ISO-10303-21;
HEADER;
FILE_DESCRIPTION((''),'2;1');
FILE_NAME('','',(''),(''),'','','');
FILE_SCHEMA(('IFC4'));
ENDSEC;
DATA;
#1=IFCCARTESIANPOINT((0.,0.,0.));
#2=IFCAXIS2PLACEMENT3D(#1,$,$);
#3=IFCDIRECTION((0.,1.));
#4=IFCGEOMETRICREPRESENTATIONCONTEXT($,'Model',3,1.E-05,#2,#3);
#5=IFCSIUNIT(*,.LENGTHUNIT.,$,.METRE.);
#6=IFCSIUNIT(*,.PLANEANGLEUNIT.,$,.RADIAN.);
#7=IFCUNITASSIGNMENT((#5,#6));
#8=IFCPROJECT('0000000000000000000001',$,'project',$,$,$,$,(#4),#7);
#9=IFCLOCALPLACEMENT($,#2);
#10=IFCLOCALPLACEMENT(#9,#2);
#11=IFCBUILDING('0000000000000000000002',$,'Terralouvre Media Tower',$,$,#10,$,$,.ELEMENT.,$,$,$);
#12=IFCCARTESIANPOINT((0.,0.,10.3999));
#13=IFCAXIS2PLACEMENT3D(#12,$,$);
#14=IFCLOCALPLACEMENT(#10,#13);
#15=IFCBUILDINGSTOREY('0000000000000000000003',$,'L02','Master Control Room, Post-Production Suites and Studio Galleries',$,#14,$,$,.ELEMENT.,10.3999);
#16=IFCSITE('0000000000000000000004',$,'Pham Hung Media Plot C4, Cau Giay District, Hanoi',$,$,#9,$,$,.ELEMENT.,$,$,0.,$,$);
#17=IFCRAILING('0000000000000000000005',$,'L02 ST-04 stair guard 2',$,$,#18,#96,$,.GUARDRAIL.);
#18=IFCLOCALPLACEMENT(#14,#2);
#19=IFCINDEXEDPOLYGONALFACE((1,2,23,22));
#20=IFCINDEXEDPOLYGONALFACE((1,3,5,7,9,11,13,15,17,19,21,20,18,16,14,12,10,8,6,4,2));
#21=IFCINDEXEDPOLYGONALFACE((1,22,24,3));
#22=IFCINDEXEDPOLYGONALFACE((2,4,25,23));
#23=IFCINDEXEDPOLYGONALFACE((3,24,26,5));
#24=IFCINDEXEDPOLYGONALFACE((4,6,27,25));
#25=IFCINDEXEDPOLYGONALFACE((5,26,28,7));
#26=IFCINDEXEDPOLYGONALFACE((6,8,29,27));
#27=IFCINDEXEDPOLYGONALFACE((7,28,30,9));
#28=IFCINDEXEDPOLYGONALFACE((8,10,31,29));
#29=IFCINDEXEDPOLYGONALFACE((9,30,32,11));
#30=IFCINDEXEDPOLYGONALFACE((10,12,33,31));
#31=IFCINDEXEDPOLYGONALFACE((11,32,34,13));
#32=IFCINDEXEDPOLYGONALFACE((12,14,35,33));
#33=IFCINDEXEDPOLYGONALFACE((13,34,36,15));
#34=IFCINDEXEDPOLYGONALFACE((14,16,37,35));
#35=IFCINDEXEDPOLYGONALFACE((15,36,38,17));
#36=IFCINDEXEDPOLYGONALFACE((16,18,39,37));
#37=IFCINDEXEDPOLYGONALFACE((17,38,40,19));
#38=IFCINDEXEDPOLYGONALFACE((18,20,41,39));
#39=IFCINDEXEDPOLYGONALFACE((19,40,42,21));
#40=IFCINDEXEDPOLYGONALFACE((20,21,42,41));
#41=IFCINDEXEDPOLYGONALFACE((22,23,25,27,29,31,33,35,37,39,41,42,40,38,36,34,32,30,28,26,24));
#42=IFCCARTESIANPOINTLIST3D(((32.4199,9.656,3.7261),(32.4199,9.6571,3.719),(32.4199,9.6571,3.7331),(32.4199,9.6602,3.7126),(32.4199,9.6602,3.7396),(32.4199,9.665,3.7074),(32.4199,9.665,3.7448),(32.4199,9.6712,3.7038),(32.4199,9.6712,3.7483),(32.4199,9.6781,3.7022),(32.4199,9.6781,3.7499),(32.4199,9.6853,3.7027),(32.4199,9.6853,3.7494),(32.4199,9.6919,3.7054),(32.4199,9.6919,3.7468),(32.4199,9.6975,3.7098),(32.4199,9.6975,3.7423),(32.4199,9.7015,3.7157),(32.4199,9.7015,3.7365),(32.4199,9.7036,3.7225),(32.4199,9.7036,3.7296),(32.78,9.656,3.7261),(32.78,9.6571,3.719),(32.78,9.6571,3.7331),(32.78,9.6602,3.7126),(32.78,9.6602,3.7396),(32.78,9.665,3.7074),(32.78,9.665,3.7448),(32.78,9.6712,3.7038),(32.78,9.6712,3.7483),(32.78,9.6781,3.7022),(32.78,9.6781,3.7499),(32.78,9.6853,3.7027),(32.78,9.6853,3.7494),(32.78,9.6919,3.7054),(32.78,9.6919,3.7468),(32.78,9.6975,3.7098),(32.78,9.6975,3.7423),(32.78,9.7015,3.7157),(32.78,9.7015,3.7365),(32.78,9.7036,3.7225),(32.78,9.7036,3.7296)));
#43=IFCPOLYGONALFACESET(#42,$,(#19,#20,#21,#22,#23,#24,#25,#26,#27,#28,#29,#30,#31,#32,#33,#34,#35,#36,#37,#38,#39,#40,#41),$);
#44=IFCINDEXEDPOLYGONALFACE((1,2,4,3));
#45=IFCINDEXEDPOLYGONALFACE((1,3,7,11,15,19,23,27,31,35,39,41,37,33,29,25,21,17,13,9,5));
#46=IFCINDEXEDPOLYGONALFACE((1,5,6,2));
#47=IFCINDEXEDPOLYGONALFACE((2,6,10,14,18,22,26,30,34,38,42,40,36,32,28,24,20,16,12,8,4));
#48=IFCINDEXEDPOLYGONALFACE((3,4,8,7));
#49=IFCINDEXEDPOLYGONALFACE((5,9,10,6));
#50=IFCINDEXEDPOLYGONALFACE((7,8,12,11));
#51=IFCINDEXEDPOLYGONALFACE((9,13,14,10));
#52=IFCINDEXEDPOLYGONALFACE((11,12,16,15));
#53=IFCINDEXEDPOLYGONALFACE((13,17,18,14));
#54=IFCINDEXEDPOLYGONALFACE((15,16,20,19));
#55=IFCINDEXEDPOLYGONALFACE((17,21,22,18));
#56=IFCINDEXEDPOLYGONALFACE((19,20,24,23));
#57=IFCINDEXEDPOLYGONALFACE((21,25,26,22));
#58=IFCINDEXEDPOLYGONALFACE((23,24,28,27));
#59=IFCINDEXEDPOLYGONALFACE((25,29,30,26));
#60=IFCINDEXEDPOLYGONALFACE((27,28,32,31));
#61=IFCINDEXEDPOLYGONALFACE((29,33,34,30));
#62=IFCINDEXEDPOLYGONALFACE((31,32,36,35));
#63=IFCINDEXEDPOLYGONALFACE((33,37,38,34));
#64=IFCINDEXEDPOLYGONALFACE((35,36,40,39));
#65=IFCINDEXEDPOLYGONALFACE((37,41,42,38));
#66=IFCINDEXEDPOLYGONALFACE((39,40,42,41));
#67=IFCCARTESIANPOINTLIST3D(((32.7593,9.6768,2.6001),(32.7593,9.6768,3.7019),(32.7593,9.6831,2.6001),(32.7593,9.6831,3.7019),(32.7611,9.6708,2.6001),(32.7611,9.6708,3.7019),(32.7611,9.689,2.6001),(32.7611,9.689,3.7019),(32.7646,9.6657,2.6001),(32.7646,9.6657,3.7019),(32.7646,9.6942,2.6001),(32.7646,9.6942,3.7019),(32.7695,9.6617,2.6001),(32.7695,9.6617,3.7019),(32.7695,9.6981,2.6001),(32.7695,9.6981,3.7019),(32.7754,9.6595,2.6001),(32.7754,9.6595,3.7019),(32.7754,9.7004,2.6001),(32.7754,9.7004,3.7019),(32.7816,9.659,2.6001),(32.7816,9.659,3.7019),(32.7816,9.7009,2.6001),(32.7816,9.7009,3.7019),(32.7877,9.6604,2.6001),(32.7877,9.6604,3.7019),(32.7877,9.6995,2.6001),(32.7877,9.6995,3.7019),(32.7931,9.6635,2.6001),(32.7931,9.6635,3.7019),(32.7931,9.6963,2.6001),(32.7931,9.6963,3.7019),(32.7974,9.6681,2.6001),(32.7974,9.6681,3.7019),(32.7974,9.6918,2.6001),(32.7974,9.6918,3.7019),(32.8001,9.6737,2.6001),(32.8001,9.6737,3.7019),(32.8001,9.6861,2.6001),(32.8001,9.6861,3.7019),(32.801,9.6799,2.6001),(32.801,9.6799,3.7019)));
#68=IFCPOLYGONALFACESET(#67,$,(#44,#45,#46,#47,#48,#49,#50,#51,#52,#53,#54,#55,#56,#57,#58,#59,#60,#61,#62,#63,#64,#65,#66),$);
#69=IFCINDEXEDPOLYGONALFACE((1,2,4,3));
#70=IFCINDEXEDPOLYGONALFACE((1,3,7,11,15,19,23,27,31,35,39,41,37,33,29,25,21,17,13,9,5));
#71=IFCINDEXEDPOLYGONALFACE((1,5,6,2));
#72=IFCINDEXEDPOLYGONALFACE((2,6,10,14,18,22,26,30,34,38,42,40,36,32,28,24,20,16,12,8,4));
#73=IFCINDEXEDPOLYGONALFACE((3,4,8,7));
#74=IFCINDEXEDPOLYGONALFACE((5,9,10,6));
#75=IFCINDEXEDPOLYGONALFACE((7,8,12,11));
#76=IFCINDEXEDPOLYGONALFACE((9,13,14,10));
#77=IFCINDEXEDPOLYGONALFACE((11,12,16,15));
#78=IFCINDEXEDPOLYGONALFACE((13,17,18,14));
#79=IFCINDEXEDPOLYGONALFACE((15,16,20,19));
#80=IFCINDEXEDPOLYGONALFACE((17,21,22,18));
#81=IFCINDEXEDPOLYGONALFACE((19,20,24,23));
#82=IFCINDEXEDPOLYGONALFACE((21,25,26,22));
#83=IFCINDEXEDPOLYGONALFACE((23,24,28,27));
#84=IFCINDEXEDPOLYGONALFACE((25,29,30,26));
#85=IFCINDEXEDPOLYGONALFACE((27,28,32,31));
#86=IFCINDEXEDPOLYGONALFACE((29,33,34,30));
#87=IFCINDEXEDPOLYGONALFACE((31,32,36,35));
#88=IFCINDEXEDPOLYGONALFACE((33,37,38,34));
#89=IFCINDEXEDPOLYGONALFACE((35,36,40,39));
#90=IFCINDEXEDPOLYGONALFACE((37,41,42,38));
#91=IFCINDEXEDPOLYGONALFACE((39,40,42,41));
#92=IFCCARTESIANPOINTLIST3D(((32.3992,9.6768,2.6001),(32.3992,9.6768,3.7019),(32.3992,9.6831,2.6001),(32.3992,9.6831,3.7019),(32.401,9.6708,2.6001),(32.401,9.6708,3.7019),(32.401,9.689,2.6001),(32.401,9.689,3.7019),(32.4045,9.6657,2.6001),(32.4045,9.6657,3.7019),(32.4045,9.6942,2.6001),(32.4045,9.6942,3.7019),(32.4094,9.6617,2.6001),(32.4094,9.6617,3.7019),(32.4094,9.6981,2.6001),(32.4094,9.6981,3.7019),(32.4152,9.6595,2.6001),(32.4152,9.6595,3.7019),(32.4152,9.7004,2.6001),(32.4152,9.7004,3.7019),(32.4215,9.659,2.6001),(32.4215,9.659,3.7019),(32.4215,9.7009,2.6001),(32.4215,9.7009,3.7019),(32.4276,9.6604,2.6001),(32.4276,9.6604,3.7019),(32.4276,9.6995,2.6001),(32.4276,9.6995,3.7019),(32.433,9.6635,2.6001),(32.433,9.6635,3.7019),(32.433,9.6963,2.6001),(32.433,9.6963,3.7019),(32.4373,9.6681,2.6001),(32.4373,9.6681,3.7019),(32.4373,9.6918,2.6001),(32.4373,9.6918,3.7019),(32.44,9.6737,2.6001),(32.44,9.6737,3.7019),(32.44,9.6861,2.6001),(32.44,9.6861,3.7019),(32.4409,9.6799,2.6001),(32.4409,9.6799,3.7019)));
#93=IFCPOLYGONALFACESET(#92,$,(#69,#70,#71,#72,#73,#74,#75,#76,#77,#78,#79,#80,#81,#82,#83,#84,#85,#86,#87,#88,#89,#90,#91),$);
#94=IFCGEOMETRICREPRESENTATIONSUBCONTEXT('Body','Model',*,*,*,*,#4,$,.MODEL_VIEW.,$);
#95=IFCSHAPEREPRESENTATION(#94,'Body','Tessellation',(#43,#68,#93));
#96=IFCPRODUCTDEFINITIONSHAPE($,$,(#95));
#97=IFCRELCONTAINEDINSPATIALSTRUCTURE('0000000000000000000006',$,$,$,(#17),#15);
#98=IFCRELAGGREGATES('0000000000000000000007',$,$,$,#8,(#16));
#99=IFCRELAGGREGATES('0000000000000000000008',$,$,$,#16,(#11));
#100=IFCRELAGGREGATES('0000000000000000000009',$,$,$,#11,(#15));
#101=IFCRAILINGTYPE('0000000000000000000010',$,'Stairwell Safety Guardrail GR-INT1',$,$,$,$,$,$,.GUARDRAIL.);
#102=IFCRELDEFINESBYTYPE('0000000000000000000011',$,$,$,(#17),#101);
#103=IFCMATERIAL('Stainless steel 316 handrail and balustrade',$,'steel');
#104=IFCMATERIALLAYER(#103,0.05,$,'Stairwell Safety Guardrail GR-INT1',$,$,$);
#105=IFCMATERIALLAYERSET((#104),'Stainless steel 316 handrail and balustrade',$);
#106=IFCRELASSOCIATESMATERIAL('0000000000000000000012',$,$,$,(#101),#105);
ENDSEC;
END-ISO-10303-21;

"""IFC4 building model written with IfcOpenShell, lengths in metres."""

from ifc_helpers import new_model, si_unit, direction, frame, origin, origin_2d, place, context, subcontext, project, spatial, circle, extrude, material, layer, layer_set, type_object, element, save


model = new_model("IFC4")

# Units and contexts
model_context = context("Model", 3, precision=1e-05, world=origin(), true_north=direction((0.0, 1.0)))
body_context = subcontext(model_context, "Body", "Model", "MODEL_VIEW")
ifc_project = project(units=[si_unit("LENGTHUNIT", "METRE"), si_unit("PLANEANGLEUNIT", "RADIAN")], contexts=[model_context])

# Site, building, storey
site_placement = place(None, origin())
site = spatial("IfcSite", under=ifc_project, at=site_placement, Name="Pham Hung Media Plot C4, Cau Giay District, Hanoi", CompositionType="ELEMENT", RefElevation=0.0)
building_placement = place(site_placement, origin())
building = spatial("IfcBuilding", under=site, at=building_placement, Name="Terralouvre Media Tower", CompositionType="ELEMENT")
storey_placement = place(building_placement, frame((0.0, 0.0, 10.3999)))
storey = spatial("IfcBuildingStorey", under=building, at=storey_placement, Name="L02", Description="Master Control Room, Post-Production Suites and Studio Galleries", CompositionType="ELEMENT", Elevation=10.3999)

# Railing
ifc_material_1 = material(Name="Stainless steel 316 handrail and balustrade", Category="steel")
ifc_layer_1 = layer(ifc_material_1, 0.05, Name="Stairwell Safety Guardrail GR-INT1")
ifc_layer_set_1 = layer_set([ifc_layer_1], Name="Stainless steel 316 handrail and balustrade")
railing_type_1 = type_object("IfcRailingType", Name="Stairwell Safety Guardrail GR-INT1", PredefinedType="GUARDRAIL", material=ifc_layer_set_1)
railing_1_placement = place(storey_placement, frame((32.78, 9.6799, 2.6001)))
element("IfcRailing", 1, at=railing_1_placement, inside=storey, type_object=railing_type_1, Name="L02 ST-04 stair guard 2", PredefinedType="GUARDRAIL", context=body_context, shape_type="SweptSolid", body=[
    extrude(circle(Radius=0.0239, at=origin_2d()), frame((0.0, 0.0, 1.126), z_axis=(-1.0, 0.0, 0.0), x_axis=(0.0, -1.0, 0.0)), (0.0, 0.0, 1.0), 0.3601),
    extrude(circle(Radius=0.021, at=origin_2d()), origin(), (0.0, 0.0, 1.0), 1.1018),
    extrude(circle(Radius=0.021, at=origin_2d()), frame((-0.3601, 0.0, 0.0)), (0.0, 0.0, 1.0), 1.1018),
])

save(model, "model.ifc")
